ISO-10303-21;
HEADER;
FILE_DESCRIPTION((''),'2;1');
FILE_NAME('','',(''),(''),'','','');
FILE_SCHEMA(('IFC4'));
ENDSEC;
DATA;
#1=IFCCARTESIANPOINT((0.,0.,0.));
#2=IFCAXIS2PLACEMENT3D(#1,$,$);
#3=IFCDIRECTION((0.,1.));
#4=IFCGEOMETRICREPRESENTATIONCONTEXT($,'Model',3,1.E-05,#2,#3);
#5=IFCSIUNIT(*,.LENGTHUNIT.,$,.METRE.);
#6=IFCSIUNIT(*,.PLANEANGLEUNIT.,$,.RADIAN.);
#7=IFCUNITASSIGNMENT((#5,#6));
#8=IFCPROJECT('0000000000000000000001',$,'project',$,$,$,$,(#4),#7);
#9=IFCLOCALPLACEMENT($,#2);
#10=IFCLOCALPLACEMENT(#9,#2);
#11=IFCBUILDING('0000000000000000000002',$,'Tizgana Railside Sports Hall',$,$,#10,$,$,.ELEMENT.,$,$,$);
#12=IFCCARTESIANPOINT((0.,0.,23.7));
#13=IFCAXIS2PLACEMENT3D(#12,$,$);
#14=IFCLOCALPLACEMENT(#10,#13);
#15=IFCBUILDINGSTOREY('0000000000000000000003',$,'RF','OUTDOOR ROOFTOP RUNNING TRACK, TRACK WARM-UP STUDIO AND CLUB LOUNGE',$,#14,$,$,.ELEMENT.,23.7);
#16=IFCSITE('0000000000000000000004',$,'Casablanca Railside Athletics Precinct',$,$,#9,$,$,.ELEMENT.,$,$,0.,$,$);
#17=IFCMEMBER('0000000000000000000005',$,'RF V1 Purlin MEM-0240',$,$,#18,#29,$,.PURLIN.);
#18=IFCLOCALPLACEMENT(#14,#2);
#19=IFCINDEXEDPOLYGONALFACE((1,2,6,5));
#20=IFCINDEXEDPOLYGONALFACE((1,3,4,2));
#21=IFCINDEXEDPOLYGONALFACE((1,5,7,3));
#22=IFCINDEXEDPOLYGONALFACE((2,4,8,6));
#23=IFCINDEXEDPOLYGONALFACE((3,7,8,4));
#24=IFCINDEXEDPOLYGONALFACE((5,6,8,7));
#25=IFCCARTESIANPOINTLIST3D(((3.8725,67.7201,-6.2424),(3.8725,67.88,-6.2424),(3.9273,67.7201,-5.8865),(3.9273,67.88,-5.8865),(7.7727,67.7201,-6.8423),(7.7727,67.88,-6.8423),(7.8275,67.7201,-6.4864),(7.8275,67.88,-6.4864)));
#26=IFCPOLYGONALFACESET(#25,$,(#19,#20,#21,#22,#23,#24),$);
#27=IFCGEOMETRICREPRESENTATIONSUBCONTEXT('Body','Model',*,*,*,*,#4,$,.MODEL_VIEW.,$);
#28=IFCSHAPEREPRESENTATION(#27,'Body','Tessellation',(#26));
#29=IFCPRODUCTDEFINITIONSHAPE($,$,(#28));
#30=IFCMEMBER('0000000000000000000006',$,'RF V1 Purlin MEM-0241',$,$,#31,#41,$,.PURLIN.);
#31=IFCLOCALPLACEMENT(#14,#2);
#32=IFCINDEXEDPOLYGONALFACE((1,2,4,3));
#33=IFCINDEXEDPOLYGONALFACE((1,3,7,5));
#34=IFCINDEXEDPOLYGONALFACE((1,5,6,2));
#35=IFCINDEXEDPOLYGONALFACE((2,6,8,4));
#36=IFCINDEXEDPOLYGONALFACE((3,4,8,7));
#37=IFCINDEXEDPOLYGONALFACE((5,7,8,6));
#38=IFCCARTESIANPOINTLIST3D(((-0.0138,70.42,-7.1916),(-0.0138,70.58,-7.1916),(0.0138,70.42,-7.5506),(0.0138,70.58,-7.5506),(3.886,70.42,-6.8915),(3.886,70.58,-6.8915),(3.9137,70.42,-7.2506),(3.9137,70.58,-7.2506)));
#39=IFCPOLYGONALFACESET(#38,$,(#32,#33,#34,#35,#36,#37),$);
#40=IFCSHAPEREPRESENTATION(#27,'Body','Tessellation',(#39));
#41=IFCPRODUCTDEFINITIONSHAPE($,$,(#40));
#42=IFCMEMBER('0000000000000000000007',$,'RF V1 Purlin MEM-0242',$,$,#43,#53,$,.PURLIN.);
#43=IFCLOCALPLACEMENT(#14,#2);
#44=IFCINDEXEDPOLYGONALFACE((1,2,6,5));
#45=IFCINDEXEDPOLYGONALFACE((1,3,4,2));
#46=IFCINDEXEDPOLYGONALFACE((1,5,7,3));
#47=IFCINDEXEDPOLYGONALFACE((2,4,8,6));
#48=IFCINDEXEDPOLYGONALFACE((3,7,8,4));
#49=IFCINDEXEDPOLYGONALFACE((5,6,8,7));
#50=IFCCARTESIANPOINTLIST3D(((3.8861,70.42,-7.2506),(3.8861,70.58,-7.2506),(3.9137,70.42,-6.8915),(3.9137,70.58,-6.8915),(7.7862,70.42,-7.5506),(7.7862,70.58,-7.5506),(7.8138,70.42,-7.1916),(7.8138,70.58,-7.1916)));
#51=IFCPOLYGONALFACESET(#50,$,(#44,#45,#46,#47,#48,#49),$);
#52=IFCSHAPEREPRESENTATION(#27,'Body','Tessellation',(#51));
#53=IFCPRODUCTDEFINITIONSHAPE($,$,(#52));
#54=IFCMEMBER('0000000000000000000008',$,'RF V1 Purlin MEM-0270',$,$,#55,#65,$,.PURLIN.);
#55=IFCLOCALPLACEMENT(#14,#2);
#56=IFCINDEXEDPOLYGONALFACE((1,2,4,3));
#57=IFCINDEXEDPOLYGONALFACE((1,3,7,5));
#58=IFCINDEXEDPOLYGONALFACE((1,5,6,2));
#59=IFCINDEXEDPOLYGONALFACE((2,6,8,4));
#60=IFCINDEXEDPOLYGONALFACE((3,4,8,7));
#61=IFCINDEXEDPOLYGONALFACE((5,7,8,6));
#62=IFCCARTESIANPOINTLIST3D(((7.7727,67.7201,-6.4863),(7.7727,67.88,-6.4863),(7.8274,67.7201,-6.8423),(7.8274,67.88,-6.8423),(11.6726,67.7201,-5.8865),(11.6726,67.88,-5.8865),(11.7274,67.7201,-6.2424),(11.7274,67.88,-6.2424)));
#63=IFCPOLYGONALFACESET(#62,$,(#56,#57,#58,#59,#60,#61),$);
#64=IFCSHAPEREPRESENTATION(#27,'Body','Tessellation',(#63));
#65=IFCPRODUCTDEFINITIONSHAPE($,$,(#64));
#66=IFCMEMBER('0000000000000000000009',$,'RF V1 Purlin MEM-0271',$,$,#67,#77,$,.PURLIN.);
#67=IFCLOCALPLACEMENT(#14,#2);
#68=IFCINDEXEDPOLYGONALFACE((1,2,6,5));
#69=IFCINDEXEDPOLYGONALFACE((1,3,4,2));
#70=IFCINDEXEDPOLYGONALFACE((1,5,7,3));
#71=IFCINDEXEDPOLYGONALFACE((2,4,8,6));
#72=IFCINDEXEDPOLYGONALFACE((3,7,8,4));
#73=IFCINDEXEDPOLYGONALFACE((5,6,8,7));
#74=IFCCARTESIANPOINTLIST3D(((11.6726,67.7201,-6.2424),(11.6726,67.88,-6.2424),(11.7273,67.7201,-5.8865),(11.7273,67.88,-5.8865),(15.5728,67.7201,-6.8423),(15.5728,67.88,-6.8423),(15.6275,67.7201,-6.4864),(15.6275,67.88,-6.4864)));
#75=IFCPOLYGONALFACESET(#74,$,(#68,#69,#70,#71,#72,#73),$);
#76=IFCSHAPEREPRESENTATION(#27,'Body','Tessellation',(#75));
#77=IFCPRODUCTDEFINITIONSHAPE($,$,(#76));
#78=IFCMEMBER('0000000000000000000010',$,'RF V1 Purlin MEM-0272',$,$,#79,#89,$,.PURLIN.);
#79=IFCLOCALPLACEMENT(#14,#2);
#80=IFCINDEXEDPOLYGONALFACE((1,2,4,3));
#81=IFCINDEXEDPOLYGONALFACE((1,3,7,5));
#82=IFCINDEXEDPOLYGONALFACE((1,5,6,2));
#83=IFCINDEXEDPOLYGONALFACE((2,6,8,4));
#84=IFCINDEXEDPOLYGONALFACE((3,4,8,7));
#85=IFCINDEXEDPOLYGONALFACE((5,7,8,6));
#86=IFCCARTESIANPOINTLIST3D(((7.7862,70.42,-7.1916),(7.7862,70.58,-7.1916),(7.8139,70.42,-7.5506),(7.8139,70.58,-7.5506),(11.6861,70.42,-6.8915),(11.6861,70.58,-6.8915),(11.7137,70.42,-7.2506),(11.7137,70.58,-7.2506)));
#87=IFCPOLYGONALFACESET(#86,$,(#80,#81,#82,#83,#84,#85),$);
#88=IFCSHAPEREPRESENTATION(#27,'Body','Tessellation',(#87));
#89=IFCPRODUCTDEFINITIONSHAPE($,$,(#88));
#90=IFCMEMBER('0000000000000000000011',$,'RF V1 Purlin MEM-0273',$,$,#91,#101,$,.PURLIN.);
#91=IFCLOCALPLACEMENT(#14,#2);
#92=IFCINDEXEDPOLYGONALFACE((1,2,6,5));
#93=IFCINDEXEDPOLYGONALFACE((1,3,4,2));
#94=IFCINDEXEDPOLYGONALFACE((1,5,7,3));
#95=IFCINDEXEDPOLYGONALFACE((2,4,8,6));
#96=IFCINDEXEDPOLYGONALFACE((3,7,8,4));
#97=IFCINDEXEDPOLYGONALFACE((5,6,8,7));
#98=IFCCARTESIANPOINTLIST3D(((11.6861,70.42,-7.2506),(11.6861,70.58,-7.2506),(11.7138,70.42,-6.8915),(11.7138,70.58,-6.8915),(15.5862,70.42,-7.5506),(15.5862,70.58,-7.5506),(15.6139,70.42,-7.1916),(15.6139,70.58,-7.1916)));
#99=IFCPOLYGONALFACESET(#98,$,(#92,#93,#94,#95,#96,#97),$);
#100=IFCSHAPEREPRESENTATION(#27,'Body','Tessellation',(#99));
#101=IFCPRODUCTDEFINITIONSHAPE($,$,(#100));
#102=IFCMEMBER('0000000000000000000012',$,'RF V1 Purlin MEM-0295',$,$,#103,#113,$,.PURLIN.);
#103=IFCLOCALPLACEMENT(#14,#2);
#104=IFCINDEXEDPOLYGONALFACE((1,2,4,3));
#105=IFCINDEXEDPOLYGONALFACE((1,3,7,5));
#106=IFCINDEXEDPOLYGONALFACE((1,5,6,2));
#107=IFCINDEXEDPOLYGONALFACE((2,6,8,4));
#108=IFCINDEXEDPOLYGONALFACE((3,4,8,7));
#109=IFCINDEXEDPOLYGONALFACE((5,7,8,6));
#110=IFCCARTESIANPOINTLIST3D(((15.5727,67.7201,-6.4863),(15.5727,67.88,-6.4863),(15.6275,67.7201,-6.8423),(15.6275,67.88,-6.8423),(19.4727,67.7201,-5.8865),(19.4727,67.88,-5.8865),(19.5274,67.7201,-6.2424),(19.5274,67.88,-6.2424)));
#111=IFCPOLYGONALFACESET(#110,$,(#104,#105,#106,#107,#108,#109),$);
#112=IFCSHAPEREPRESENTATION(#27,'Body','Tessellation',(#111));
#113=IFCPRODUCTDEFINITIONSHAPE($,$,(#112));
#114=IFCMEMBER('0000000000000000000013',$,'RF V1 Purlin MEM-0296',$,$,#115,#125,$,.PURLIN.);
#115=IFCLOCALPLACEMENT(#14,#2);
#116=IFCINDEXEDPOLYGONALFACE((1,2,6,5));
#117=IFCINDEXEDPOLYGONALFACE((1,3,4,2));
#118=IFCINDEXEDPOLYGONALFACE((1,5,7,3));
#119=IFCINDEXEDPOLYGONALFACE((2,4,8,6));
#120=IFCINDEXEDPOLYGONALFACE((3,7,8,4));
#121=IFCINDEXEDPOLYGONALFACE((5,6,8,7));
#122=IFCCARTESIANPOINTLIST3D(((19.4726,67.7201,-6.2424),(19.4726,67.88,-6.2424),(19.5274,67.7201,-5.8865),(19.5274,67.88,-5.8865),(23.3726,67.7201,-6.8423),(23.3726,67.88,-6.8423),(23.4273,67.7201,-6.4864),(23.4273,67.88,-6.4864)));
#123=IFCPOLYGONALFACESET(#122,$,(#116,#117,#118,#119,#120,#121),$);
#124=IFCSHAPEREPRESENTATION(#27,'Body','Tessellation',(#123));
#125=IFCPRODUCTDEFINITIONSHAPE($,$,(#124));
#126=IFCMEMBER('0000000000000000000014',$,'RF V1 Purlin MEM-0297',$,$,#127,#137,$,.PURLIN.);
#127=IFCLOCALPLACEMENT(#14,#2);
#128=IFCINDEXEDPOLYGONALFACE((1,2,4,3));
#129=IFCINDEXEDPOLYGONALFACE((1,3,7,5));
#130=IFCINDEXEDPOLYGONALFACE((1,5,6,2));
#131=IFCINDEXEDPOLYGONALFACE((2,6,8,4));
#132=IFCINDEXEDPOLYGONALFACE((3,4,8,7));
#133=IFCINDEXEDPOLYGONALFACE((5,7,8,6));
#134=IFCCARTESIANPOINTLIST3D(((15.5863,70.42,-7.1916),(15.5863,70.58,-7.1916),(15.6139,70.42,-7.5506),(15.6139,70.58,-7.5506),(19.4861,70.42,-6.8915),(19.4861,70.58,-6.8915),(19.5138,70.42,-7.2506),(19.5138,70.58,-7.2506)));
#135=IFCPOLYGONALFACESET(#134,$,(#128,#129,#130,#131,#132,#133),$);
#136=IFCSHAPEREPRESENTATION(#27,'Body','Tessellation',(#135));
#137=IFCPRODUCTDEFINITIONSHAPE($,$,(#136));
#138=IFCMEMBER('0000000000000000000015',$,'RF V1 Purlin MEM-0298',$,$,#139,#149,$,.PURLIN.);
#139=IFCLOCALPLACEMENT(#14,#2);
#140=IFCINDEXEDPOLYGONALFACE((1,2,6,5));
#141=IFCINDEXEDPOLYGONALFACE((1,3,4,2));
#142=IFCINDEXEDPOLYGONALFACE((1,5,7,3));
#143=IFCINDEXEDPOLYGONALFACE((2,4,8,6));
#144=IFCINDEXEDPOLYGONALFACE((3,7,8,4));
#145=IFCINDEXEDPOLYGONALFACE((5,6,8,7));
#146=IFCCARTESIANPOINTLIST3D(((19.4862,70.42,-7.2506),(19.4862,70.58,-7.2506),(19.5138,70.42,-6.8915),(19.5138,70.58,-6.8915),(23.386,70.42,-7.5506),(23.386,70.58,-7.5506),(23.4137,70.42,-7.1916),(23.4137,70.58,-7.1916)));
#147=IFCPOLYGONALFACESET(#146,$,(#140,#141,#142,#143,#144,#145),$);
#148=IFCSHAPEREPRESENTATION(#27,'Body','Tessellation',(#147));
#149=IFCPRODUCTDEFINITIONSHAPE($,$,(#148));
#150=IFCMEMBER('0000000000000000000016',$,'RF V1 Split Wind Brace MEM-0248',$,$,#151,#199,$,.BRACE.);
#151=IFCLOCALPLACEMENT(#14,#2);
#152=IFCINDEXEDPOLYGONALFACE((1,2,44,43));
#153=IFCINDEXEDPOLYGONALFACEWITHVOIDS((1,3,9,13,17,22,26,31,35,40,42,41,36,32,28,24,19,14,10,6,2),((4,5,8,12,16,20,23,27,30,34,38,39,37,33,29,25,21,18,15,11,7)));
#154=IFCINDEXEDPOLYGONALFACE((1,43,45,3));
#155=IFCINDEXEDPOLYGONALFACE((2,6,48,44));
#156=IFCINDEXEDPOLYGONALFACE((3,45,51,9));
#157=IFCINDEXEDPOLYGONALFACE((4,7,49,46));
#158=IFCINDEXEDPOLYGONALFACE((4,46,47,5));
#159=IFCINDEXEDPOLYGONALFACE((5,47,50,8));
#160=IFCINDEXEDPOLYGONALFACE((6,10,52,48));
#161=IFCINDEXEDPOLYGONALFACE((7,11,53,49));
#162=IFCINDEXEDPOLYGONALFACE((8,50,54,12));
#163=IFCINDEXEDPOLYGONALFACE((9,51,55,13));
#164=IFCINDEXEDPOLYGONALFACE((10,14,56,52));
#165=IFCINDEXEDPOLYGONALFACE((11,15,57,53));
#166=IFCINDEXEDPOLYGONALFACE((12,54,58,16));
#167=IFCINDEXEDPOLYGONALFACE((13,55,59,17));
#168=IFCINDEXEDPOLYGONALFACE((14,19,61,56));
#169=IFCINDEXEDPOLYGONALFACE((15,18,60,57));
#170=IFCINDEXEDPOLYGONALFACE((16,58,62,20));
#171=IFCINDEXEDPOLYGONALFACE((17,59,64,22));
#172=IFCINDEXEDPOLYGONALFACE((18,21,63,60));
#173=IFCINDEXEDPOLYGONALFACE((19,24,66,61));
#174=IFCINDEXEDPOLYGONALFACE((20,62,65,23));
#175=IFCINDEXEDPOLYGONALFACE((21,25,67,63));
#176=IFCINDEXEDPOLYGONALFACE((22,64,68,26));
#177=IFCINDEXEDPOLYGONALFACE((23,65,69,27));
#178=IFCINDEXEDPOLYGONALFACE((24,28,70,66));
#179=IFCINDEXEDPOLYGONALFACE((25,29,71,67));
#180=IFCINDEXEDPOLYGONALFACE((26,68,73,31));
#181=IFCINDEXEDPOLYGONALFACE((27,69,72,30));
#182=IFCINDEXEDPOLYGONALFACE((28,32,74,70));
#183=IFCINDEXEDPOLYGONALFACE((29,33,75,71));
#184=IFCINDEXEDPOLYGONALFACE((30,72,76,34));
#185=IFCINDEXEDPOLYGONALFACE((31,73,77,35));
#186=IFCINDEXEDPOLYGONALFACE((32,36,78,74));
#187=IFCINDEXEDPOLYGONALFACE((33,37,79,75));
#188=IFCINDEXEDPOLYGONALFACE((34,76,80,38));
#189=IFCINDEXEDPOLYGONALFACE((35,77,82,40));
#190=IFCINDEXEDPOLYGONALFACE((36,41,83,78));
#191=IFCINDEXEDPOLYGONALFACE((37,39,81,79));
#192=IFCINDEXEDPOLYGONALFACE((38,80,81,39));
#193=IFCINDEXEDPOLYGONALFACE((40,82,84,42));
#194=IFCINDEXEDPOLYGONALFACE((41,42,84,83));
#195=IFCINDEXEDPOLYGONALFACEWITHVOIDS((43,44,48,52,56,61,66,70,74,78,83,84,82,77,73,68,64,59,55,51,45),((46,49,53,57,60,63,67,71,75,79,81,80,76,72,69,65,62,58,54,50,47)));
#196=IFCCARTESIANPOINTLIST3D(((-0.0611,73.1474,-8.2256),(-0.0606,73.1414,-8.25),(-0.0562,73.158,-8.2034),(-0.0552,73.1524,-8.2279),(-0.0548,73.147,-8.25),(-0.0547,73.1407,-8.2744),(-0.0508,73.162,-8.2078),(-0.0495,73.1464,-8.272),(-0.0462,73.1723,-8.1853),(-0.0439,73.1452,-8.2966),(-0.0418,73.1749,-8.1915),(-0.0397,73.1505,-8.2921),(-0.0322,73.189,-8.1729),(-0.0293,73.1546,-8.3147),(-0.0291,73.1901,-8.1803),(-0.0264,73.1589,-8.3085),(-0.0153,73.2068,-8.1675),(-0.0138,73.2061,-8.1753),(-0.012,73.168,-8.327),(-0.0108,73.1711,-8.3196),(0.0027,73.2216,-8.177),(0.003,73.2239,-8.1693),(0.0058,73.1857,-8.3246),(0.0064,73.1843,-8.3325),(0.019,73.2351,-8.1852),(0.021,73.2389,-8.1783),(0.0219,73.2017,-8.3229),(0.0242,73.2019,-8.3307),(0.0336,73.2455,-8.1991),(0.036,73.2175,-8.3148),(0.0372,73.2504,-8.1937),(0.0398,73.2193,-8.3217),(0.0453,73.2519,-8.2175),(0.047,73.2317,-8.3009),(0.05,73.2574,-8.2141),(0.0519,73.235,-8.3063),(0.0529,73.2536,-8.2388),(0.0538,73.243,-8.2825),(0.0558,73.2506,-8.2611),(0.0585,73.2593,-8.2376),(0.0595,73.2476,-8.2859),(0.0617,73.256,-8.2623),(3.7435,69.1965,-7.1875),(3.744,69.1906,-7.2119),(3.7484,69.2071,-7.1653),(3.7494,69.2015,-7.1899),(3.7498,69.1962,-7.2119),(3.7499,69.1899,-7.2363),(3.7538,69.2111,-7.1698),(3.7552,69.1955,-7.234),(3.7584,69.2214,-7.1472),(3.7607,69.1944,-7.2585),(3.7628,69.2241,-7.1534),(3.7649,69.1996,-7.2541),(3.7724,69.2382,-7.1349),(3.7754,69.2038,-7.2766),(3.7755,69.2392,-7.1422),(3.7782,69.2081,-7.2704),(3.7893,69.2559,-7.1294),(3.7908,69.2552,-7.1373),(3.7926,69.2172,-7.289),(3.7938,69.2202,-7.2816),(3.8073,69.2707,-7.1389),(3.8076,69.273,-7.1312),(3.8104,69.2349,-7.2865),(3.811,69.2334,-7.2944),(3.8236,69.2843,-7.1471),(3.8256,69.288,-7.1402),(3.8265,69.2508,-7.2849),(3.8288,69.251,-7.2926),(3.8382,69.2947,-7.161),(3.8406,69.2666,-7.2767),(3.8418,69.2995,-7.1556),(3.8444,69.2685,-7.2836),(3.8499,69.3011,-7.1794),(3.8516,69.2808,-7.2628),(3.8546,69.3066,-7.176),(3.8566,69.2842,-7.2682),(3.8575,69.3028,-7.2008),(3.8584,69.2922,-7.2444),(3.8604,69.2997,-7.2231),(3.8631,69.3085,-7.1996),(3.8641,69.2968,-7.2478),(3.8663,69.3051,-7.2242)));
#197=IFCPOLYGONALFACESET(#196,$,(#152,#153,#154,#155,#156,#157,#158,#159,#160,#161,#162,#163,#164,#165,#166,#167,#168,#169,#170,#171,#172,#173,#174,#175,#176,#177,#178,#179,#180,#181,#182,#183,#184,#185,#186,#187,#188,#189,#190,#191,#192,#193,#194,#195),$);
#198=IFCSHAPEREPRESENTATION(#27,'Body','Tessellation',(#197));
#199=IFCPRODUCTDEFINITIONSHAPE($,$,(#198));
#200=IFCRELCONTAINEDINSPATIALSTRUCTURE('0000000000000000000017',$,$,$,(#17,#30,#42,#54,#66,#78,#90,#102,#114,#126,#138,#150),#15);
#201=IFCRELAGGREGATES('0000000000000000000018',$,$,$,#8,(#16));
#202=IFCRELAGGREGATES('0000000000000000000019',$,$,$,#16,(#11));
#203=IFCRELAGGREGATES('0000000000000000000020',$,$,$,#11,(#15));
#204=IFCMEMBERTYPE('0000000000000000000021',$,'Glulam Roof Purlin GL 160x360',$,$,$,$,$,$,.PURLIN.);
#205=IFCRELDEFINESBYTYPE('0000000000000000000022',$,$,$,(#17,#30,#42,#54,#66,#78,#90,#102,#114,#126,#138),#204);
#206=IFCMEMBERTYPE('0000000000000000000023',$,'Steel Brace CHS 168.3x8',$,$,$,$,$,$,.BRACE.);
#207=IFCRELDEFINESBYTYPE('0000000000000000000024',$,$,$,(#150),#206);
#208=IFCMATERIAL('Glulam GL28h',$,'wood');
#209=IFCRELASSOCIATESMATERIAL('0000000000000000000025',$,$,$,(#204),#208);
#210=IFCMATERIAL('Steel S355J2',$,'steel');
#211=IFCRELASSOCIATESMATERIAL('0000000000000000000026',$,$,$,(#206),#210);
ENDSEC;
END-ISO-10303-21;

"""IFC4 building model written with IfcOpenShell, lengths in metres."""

from ifc_helpers import new_model, si_unit, direction, frame, origin, origin_2d, place, context, subcontext, project, spatial, rectangle, hollow_circle, extrude, material, material_profile, profile_set, type_object, element, save


model = new_model("IFC4")

# Units and contexts
model_context = context("Model", 3, precision=1e-05, world=origin(), true_north=direction((0.0, 1.0)))
body_context = subcontext(model_context, "Body", "Model", "MODEL_VIEW")
ifc_project = project(units=[si_unit("LENGTHUNIT", "METRE"), si_unit("PLANEANGLEUNIT", "RADIAN")], contexts=[model_context])

# Site, building, storey
site_placement = place(None, origin())
site = spatial("IfcSite", under=ifc_project, at=site_placement, Name="Casablanca Railside Athletics Precinct", CompositionType="ELEMENT", RefElevation=0.0)
building_placement = place(site_placement, origin())
building = spatial("IfcBuilding", under=site, at=building_placement, Name="Tizgana Railside Sports Hall", CompositionType="ELEMENT")
storey_placement = place(building_placement, frame((0.0, 0.0, 23.7)))
storey = spatial("IfcBuildingStorey", under=building, at=storey_placement, Name="RF", Description="OUTDOOR ROOFTOP RUNNING TRACK, TRACK WARM-UP STUDIO AND CLUB LOUNGE", CompositionType="ELEMENT", Elevation=23.7)

# Members
ifc_material_1 = material(Name="Glulam GL28h", Category="wood")
ifc_material_profile_1 = material_profile(ifc_material_1, rectangle(XDim=0.1599, YDim=0.3601, at=origin_2d()), Name="GL 160x360")
ifc_profile_set_1 = profile_set([ifc_material_profile_1], Name="Glulam GL28h")
member_type_1 = type_object("IfcMemberType", Name="Glulam Roof Purlin GL 160x360", PredefinedType="PURLIN", material=ifc_profile_set_1)
member_1_placement = place(storey_placement, frame((3.8999, 67.8, -6.0645), z_axis=(0.988378, 0.0, -0.152015), x_axis=(0.0, 1.0, 0.0)))
element("IfcMember", 1, at=member_1_placement, inside=storey, type_object=member_type_1, Name="RF V1 Purlin MEM-0240", PredefinedType="PURLIN", context=body_context, shape_type="SweptSolid", body=[
    extrude(rectangle(XDim=0.1599, YDim=0.3601, at=origin_2d()), origin(), (0.0, 0.0, 1.0), 3.946),
])
member_2_placement = place(storey_placement, frame((0.0, 70.5, -7.3711), z_axis=(0.997053, 0.0, 0.076711), x_axis=(0.0, 1.0, 0.0)))
element("IfcMember", 2, at=member_2_placement, inside=storey, type_object=member_type_1, Name="RF V1 Purlin MEM-0241", PredefinedType="PURLIN", context=body_context, shape_type="SweptSolid", body=[
    extrude(rectangle(XDim=0.1599, YDim=0.3601, at=origin_2d()), origin(), (0.0, 0.0, 1.0), 3.9114),
])
member_3_placement = place(storey_placement, frame((3.8999, 70.5, -7.071), z_axis=(0.997054, 0.0, -0.076706), x_axis=(0.0, 1.0, 0.0)))
element("IfcMember", 3, at=member_3_placement, inside=storey, type_object=member_type_1, Name="RF V1 Purlin MEM-0242", PredefinedType="PURLIN", context=body_context, shape_type="SweptSolid", body=[
    extrude(rectangle(XDim=0.1599, YDim=0.3601, at=origin_2d()), origin(), (0.0, 0.0, 1.0), 3.9116),
])
member_4_placement = place(storey_placement, frame((7.8, 67.8, -6.6643), z_axis=(0.988377, 0.0, 0.152025), x_axis=(0.0, 1.0, 0.0)))
element("IfcMember", 4, at=member_4_placement, inside=storey, type_object=member_type_1, Name="RF V1 Purlin MEM-0270", PredefinedType="PURLIN", context=body_context, shape_type="SweptSolid", body=[
    extrude(rectangle(XDim=0.1599, YDim=0.3601, at=origin_2d()), origin(), (0.0, 0.0, 1.0), 3.9458),
])
member_5_placement = place(storey_placement, frame((11.7, 67.8, -6.0645), z_axis=(0.988378, 0.0, -0.152015), x_axis=(0.0, 1.0, 0.0)))
element("IfcMember", 5, at=member_5_placement, inside=storey, type_object=member_type_1, Name="RF V1 Purlin MEM-0271", PredefinedType="PURLIN", context=body_context, shape_type="SweptSolid", body=[
    extrude(rectangle(XDim=0.1599, YDim=0.3601, at=origin_2d()), origin(), (0.0, 0.0, 1.0), 3.946),
])
member_6_placement = place(storey_placement, frame((7.8, 70.5, -7.3711), z_axis=(0.997053, 0.0, 0.076711), x_axis=(0.0, 1.0, 0.0)))
element("IfcMember", 6, at=member_6_placement, inside=storey, type_object=member_type_1, Name="RF V1 Purlin MEM-0272", PredefinedType="PURLIN", context=body_context, shape_type="SweptSolid", body=[
    extrude(rectangle(XDim=0.1599, YDim=0.3601, at=origin_2d()), origin(), (0.0, 0.0, 1.0), 3.9114),
])
member_7_placement = place(storey_placement, frame((11.7, 70.5, -7.071), z_axis=(0.997054, 0.0, -0.076706), x_axis=(0.0, 1.0, 0.0)))
element("IfcMember", 7, at=member_7_placement, inside=storey, type_object=member_type_1, Name="RF V1 Purlin MEM-0273", PredefinedType="PURLIN", context=body_context, shape_type="SweptSolid", body=[
    extrude(rectangle(XDim=0.1599, YDim=0.3601, at=origin_2d()), origin(), (0.0, 0.0, 1.0), 3.9116),
])
for number, where, z_axis, x_axis, name in (
    (8, (15.6001, 67.8, -6.6643), (0.988377, 0.0, 0.152025), (0.0, 1.0, 0.0), "RF V1 Purlin MEM-0295"),
    (9, (19.5, 67.8, -6.0645), (0.988377, 0.0, -0.152025), (0.0, 1.0, 0.0), "RF V1 Purlin MEM-0296"),
):
    element("IfcMember", number, at=place(storey_placement, frame(where, z_axis=z_axis, x_axis=x_axis)), inside=storey, type_object=member_type_1, Name=name, PredefinedType="PURLIN", context=body_context, shape_type="SweptSolid", body=[
        extrude(rectangle(XDim=0.1599, YDim=0.3601, at=origin_2d()), origin(), (0.0, 0.0, 1.0), 3.9458),
    ])
for number, where, z_axis, x_axis, name in (
    (10, (15.6001, 70.5, -7.3711), (0.997053, 0.0, 0.076711), (0.0, 1.0, 0.0), "RF V1 Purlin MEM-0297"),
    (11, (19.5, 70.5, -7.071), (0.997053, 0.0, -0.076711), (0.0, 1.0, 0.0), "RF V1 Purlin MEM-0298"),
):
    element("IfcMember", number, at=place(storey_placement, frame(where, z_axis=z_axis, x_axis=x_axis)), inside=storey, type_object=member_type_1, Name=name, PredefinedType="PURLIN", context=body_context, shape_type="SweptSolid", body=[
        extrude(rectangle(XDim=0.1599, YDim=0.3601, at=origin_2d()), origin(), (0.0, 0.0, 1.0), 3.9114),
    ])
ifc_material_2 = material(Name="Steel S355J2", Category="steel")
ifc_material_profile_2 = material_profile(ifc_material_2, hollow_circle(Radius=0.0842, WallThickness=0.0081, at=origin_2d()), Name="CHS 168.3x8")
ifc_profile_set_2 = profile_set([ifc_material_profile_2], Name="Steel S355J2")
member_type_2 = type_object("IfcMemberType", Name="Steel Brace CHS 168.3x8", PredefinedType="BRACE", material=ifc_profile_set_2)
member_8_placement = place(storey_placement, frame((3.8047, 69.249, -7.2119), z_axis=(-0.681551, 0.707748, -0.185957), x_axis=(-0.720312, -0.69365, 0.0)))
element("IfcMember", 12, at=member_8_placement, inside=storey, type_object=member_type_2, Name="RF V1 Split Wind Brace MEM-0248", PredefinedType="BRACE", context=body_context, shape_type="SweptSolid", body=[
    extrude(hollow_circle(Radius=0.0842, WallThickness=0.0081, at=origin_2d()), origin(), (0.0, 0.0, 1.0), 5.5823),
])

save(model, "model.ifc")
